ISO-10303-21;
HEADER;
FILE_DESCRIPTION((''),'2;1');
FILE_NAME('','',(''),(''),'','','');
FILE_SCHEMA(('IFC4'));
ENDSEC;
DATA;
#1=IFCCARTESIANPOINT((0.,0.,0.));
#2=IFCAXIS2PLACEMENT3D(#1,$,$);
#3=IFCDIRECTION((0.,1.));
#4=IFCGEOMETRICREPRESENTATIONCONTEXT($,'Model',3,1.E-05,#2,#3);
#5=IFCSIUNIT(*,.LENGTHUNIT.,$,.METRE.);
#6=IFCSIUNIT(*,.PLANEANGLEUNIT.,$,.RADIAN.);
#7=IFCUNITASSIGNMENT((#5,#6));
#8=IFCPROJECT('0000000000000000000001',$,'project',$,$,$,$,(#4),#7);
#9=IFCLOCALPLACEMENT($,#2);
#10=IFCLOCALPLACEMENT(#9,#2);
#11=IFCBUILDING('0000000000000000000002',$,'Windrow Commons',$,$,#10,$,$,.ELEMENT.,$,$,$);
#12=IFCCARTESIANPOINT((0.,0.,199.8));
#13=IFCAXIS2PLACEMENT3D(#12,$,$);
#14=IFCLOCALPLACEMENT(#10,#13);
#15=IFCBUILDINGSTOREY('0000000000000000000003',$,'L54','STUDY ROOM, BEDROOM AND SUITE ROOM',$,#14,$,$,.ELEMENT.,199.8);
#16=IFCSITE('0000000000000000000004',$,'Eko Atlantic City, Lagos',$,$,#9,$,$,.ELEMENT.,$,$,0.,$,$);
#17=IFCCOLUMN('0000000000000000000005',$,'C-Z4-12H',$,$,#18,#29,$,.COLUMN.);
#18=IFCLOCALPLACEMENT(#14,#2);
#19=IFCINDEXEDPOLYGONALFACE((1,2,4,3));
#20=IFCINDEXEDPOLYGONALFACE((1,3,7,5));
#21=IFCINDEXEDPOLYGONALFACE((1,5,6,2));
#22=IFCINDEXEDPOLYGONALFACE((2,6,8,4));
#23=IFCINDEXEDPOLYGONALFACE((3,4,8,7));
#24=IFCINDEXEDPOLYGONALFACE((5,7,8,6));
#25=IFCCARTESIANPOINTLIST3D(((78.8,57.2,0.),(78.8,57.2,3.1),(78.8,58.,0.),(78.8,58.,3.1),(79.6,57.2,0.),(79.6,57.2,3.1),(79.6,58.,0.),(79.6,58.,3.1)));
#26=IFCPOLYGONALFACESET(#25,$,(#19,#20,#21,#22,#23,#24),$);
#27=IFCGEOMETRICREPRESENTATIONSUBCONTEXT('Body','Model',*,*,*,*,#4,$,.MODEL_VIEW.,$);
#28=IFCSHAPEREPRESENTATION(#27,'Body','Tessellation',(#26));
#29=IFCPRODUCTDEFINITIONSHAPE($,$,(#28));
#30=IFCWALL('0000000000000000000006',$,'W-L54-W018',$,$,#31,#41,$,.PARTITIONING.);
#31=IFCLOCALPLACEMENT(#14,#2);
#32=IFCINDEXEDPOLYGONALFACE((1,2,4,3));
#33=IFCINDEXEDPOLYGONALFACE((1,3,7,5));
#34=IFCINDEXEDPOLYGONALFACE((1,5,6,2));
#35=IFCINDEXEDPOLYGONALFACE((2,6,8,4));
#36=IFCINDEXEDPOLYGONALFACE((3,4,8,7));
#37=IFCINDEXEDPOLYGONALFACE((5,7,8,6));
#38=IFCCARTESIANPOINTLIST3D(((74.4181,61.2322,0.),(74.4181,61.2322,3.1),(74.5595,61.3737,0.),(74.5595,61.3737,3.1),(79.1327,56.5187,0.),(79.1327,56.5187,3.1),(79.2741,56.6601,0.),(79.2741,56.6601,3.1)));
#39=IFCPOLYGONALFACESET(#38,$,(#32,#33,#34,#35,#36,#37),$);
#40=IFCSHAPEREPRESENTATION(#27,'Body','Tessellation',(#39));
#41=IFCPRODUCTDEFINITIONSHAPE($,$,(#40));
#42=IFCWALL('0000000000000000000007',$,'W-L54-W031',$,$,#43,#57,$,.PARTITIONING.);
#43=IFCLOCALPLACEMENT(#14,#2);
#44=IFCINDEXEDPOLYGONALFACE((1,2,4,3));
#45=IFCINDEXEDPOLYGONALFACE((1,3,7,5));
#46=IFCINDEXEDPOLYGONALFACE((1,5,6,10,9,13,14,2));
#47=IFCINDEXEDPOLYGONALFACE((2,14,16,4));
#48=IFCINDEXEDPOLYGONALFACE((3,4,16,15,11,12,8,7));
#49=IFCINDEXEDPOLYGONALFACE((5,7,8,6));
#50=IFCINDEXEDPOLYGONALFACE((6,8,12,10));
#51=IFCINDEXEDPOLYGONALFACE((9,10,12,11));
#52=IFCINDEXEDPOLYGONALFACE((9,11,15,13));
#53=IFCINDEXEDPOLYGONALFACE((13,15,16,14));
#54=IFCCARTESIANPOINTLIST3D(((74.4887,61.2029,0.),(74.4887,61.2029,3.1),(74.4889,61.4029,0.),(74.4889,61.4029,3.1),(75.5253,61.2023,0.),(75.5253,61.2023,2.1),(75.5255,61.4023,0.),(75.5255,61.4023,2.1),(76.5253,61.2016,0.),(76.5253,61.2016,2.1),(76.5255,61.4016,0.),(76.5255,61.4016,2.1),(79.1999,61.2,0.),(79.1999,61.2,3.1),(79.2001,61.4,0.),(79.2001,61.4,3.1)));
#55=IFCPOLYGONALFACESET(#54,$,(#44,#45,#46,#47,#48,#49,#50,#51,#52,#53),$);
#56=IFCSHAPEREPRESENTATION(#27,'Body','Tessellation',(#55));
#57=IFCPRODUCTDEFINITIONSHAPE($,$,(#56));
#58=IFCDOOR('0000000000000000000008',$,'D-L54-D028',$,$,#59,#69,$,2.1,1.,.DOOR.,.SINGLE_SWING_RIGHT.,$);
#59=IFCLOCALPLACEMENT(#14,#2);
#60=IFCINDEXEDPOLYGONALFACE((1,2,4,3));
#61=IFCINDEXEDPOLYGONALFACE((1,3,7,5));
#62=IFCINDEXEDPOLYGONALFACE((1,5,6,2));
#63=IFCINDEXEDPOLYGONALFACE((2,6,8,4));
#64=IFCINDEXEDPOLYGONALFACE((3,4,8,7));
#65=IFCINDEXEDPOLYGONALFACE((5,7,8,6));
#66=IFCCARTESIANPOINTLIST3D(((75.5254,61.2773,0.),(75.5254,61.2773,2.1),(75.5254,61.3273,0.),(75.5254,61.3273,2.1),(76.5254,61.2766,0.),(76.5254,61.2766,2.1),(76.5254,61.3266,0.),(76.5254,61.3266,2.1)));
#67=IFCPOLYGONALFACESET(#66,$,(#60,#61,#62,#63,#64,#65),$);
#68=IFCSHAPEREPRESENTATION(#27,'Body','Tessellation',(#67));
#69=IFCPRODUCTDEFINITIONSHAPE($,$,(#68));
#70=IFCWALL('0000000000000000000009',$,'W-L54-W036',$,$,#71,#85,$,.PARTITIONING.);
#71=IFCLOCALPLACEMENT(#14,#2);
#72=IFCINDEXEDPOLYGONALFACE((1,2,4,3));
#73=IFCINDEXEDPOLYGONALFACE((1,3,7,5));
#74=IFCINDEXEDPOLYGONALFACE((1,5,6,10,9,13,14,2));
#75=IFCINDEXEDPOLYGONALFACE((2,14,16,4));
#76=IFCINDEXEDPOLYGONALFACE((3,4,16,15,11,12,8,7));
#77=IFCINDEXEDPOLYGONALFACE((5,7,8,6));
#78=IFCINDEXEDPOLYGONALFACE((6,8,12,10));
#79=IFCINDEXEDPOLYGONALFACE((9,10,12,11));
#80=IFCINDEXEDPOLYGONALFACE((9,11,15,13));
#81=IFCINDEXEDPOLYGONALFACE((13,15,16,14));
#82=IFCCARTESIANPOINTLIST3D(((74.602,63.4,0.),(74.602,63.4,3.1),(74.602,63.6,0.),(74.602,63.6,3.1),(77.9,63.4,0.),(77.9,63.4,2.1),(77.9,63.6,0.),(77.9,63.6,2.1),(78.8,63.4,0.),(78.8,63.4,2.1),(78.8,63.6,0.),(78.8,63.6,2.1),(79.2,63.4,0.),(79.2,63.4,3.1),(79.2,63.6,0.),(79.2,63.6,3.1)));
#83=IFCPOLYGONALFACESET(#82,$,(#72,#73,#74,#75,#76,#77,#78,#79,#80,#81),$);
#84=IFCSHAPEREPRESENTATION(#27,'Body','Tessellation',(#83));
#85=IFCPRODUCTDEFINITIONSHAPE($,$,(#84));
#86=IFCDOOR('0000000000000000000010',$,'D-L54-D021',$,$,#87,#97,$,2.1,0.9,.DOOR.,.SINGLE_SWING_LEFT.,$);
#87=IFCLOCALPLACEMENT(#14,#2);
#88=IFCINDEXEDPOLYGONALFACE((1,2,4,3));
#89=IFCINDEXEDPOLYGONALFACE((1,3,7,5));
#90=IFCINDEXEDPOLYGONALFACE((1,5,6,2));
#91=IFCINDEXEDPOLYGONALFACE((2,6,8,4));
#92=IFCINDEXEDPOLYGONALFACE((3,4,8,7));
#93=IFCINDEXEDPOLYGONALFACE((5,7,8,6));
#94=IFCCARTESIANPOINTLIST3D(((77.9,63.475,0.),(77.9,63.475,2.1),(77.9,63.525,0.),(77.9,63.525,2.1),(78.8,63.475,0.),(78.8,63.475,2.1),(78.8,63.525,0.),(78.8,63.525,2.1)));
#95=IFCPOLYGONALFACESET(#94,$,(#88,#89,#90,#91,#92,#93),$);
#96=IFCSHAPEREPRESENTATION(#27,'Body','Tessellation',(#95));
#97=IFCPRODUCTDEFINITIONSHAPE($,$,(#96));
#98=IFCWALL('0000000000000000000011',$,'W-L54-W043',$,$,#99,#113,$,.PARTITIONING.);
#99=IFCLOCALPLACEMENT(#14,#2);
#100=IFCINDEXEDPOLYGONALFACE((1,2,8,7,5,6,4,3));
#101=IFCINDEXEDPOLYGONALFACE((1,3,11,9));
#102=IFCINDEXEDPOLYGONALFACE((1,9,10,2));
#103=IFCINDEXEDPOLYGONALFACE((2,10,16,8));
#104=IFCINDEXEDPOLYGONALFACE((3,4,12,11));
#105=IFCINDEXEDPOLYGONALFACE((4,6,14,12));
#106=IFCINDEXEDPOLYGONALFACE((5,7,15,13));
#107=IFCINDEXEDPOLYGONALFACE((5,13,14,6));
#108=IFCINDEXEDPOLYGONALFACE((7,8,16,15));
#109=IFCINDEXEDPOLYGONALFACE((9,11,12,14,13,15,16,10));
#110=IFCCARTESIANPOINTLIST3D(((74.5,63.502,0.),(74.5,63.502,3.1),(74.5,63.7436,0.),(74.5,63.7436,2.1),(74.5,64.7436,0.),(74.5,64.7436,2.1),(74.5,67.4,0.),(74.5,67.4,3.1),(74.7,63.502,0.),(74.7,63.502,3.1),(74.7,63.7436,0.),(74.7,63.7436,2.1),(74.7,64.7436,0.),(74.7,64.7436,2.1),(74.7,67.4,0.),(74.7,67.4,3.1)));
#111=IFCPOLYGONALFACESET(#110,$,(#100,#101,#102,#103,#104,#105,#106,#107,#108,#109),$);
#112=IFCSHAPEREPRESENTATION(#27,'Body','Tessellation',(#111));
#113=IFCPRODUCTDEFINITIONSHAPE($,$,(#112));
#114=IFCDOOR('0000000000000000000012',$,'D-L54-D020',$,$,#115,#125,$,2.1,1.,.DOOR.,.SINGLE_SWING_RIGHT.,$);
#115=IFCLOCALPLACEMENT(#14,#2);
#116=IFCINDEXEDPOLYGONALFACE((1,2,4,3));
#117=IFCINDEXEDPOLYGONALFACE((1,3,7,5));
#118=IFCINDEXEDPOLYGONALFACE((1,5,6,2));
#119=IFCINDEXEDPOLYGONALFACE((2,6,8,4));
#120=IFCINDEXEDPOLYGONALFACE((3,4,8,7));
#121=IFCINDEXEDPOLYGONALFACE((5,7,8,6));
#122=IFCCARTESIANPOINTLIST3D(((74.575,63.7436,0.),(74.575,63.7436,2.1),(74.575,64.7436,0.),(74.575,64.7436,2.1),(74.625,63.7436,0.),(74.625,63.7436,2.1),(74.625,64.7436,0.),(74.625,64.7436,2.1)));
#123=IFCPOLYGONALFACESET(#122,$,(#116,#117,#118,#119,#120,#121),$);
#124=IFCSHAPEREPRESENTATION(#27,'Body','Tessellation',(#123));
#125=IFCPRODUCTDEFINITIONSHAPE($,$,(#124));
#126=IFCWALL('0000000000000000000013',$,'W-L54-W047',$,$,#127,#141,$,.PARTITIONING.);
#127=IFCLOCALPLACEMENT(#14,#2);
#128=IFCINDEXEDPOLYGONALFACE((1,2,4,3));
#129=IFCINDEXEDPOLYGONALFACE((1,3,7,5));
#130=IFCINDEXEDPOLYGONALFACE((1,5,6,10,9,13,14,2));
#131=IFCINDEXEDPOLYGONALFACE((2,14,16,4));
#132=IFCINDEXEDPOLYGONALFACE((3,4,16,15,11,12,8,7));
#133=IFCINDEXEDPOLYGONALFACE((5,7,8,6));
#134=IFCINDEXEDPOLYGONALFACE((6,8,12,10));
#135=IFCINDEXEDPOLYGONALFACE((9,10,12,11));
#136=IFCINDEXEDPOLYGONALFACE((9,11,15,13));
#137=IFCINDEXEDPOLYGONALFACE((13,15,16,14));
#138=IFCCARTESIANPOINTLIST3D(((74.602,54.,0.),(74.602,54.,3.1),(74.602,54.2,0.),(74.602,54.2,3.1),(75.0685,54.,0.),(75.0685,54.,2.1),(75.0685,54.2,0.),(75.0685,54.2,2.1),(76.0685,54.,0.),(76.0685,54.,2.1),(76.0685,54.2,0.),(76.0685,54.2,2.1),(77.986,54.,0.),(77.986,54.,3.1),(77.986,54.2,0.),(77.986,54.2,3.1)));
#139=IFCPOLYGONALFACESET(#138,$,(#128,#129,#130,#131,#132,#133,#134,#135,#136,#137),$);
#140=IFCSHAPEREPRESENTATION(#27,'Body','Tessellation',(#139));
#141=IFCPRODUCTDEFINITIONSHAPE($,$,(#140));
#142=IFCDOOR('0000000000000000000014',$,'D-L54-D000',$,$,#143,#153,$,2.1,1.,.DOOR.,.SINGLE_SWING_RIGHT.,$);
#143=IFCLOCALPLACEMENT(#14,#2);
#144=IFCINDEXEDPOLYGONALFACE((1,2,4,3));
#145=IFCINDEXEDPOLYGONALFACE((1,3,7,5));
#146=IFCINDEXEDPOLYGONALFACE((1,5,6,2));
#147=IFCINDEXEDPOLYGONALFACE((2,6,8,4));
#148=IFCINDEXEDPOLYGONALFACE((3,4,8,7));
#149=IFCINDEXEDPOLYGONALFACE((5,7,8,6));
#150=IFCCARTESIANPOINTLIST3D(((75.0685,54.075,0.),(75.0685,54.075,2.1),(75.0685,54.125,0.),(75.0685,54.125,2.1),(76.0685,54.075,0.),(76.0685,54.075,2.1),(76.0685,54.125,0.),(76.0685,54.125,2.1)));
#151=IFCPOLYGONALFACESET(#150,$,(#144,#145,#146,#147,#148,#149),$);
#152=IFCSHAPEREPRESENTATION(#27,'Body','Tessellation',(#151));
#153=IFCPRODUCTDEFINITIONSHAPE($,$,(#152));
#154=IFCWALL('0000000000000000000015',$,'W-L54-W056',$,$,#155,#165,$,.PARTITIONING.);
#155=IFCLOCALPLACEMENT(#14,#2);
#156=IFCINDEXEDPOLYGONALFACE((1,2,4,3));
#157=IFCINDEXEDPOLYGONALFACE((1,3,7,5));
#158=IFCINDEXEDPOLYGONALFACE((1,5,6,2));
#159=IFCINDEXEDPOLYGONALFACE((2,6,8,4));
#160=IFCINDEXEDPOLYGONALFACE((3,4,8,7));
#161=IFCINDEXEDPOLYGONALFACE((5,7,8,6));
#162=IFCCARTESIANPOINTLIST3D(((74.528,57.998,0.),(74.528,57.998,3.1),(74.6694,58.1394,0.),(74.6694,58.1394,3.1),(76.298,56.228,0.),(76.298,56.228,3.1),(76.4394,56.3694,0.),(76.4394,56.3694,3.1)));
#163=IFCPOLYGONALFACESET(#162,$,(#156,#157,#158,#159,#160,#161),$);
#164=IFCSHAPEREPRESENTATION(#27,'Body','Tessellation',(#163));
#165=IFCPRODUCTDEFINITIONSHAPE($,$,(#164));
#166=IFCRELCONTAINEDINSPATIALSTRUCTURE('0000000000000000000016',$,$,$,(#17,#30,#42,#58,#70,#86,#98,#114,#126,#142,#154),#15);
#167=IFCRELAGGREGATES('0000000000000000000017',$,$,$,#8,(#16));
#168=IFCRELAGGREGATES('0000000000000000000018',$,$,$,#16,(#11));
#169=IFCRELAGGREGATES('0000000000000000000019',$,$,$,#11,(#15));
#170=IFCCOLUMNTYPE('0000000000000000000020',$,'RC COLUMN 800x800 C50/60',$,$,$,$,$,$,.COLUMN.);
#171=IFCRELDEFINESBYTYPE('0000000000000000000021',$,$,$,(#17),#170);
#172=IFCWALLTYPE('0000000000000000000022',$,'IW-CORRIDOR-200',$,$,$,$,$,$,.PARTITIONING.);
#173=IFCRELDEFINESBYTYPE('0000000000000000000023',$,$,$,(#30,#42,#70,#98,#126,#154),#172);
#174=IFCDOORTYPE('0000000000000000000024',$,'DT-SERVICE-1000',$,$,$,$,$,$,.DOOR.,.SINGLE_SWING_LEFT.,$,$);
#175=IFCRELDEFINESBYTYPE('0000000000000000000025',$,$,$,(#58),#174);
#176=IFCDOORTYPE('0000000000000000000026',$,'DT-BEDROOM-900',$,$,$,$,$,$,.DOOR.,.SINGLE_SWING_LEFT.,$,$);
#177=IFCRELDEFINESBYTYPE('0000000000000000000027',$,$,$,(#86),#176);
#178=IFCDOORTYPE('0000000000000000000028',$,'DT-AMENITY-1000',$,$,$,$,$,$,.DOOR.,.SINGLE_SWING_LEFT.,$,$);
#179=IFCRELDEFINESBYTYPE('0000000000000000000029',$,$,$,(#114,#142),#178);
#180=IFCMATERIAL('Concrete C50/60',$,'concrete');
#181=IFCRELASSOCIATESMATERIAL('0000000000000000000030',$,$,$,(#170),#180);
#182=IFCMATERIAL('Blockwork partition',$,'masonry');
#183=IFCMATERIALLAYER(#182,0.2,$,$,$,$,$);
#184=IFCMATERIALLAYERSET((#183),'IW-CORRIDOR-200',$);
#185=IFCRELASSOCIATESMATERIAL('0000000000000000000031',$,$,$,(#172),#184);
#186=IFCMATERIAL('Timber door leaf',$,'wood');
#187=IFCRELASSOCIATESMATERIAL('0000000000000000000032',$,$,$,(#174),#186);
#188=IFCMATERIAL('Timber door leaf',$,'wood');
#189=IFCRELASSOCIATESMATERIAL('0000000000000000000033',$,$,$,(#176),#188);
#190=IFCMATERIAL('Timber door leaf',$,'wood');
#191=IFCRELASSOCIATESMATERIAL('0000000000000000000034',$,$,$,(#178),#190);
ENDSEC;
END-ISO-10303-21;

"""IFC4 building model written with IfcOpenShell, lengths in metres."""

from ifc_helpers import new_model, si_unit, direction, frame, frame_2d, origin, origin_2d, place, context, subcontext, project, spatial, rectangle, extrude, material, layer, layer_set, material_profile, profile_set, type_object, element, fill, save


model = new_model("IFC4")

# Units and contexts
model_context = context("Model", 3, precision=1e-05, world=origin(), true_north=direction((0.0, 1.0)))
body_context = subcontext(model_context, "Body", "Model", "MODEL_VIEW")
ifc_project = project(units=[si_unit("LENGTHUNIT", "METRE"), si_unit("PLANEANGLEUNIT", "RADIAN")], contexts=[model_context])

# Site, building, storey
site_placement = place(None, origin())
site = spatial("IfcSite", under=ifc_project, at=site_placement, Name="Eko Atlantic City, Lagos", CompositionType="ELEMENT", RefElevation=0.0)
building_placement = place(site_placement, origin())
building = spatial("IfcBuilding", under=site, at=building_placement, Name="Windrow Commons", CompositionType="ELEMENT")
storey_placement = place(building_placement, frame((0.0, 0.0, 199.8)))
storey = spatial("IfcBuildingStorey", under=building, at=storey_placement, Name="L54", Description="STUDY ROOM, BEDROOM AND SUITE ROOM", CompositionType="ELEMENT", Elevation=199.8)

# Column
ifc_material_1 = material(Name="Concrete C50/60", Category="concrete")
ifc_material_profile = material_profile(ifc_material_1, rectangle(XDim=0.8, YDim=0.8, at=origin_2d()))
ifc_profile_set = profile_set([ifc_material_profile], Name="Concrete C50/60")
column_type = type_object("IfcColumnType", Name="RC COLUMN 800x800 C50/60", PredefinedType="COLUMN", material=ifc_profile_set)
column_placement = place(storey_placement, frame((79.2, 57.6, 0.0), z_axis=(0.0, 0.0, 1.0), x_axis=(1.0, 0.0, 0.0)))
element("IfcColumn", 1, at=column_placement, inside=storey, type_object=column_type, Name="C-Z4-12H", PredefinedType="COLUMN", context=body_context, shape_type="SweptSolid", body=[
    extrude(rectangle(XDim=0.8, YDim=0.8, at=origin_2d()), origin(), (0.0, 0.0, 1.0), 3.1),
])

# Wall
ifc_material_2 = material(Name="Blockwork partition", Category="masonry")
ifc_layer_1 = layer(ifc_material_2, 0.2)
ifc_layer_set_1 = layer_set([ifc_layer_1], Name="IW-CORRIDOR-200")
wall_type_1 = type_object("IfcWallType", Name="IW-CORRIDOR-200", PredefinedType="PARTITIONING", material=ifc_layer_set_1)
wall_1_placement = place(storey_placement, frame((74.4888, 61.3029, 0.0), z_axis=(0.0, 0.0, 1.0), x_axis=(0.707189, -0.707024, 0.0)))
element("IfcWall", 2, at=wall_1_placement, inside=storey, type_object=wall_type_1, Name="W-L54-W018", PredefinedType="PARTITIONING", context=body_context, shape_type="SweptSolid", body=[
    extrude(rectangle(XDim=6.6667, YDim=0.2, at=frame_2d((3.3333, 0.0))), origin(), (0.0, 0.0, 1.0), 3.1),
])

# Walls, openings, doors
wall_2_placement = place(storey_placement, frame((74.4888, 61.3029, 0.0), z_axis=(0.0, 0.0, 1.0), x_axis=(1.0, -0.000616, 0.0)))
wall_2 = element("IfcWall", 3, at=wall_2_placement, inside=storey, type_object=wall_type_1, Name="W-L54-W031", PredefinedType="PARTITIONING", context=body_context, shape_type="SweptSolid", body=[
    extrude(rectangle(XDim=4.7112, YDim=0.2, at=frame_2d((2.3556, 0.0))), origin(), (0.0, 0.0, 1.0), 3.1),
])
opening_1_placement = place(wall_2_placement, frame((1.0366, 0.0, 0.0)))
opening_1 = element("IfcOpeningElement", 4, at=opening_1_placement, cuts=wall_2, PredefinedType="OPENING", context=body_context, shape_type="SweptSolid", body=[
    extrude(rectangle(XDim=1.0, YDim=2.1, at=frame_2d((0.5, 1.05))), frame((0.0, 0.11, 0.0), z_axis=(0.0, -1.0, 0.0), x_axis=(1.0, 0.0, 0.0)), (0.0, 0.0, 1.0), 0.22),
])
ifc_material_3 = material(Name="Timber door leaf", Category="wood")
door_type_1 = type_object("IfcDoorType", Name="DT-SERVICE-1000", OperationType="SINGLE_SWING_LEFT", PredefinedType="DOOR", material=ifc_material_3)
door_1_placement = place(opening_1_placement, origin())
door_1 = element("IfcDoor", 5, at=door_1_placement, inside=storey, type_object=door_type_1, Name="D-L54-D028", OperationType="SINGLE_SWING_RIGHT", OverallHeight=2.1, OverallWidth=1.0, PredefinedType="DOOR", context=body_context, shape_type="SweptSolid", body=[
    extrude(rectangle(XDim=1.0, YDim=2.1, at=frame_2d((0.5, 1.05))), frame((0.0, 0.025, 0.0), z_axis=(0.0, -1.0, 0.0), x_axis=(1.0, 0.0, 0.0)), (0.0, 0.0, 1.0), 0.05),
])
fill(opening_1, door_1)
wall_3_placement = place(storey_placement, frame((74.602, 63.5, 0.0), z_axis=(0.0, 0.0, 1.0), x_axis=(1.0, 0.0, 0.0)))
wall_3 = element("IfcWall", 6, at=wall_3_placement, inside=storey, type_object=wall_type_1, Name="W-L54-W036", PredefinedType="PARTITIONING", context=body_context, shape_type="SweptSolid", body=[
    extrude(rectangle(XDim=4.598, YDim=0.2, at=frame_2d((2.299, 0.0))), origin(), (0.0, 0.0, 1.0), 3.1),
])
opening_2_placement = place(wall_3_placement, frame((3.298, 0.0, 0.0)))
opening_2 = element("IfcOpeningElement", 7, at=opening_2_placement, cuts=wall_3, PredefinedType="OPENING", context=body_context, shape_type="SweptSolid", body=[
    extrude(rectangle(XDim=0.9, YDim=2.1, at=frame_2d((0.45, 1.05))), frame((0.0, 0.11, 0.0), z_axis=(0.0, -1.0, 0.0), x_axis=(1.0, 0.0, 0.0)), (0.0, 0.0, 1.0), 0.22),
])
ifc_material_4 = material(Name="Timber door leaf", Category="wood")
door_type_2 = type_object("IfcDoorType", Name="DT-BEDROOM-900", OperationType="SINGLE_SWING_LEFT", PredefinedType="DOOR", material=ifc_material_4)
door_2_placement = place(opening_2_placement, origin())
door_2 = element("IfcDoor", 8, at=door_2_placement, inside=storey, type_object=door_type_2, Name="D-L54-D021", OperationType="SINGLE_SWING_LEFT", OverallHeight=2.1, OverallWidth=0.9, PredefinedType="DOOR", context=body_context, shape_type="SweptSolid", body=[
    extrude(rectangle(XDim=0.9, YDim=2.1, at=frame_2d((0.45, 1.05))), frame((0.0, 0.025, 0.0), z_axis=(0.0, -1.0, 0.0), x_axis=(1.0, 0.0, 0.0)), (0.0, 0.0, 1.0), 0.05),
])
fill(opening_2, door_2)
wall_4_placement = place(storey_placement, frame((74.6, 63.502, 0.0), z_axis=(0.0, 0.0, 1.0), x_axis=(0.0, 1.0, 0.0)))
wall_4 = element("IfcWall", 9, at=wall_4_placement, inside=storey, type_object=wall_type_1, Name="W-L54-W043", PredefinedType="PARTITIONING", context=body_context, shape_type="SweptSolid", body=[
    extrude(rectangle(XDim=3.898, YDim=0.2, at=frame_2d((1.949, 0.0))), origin(), (0.0, 0.0, 1.0), 3.1),
])
opening_3_placement = place(wall_4_placement, frame((0.2416, 0.0, 0.0)))
opening_3 = element("IfcOpeningElement", 10, at=opening_3_placement, cuts=wall_4, PredefinedType="OPENING", context=body_context, shape_type="SweptSolid", body=[
    extrude(rectangle(XDim=1.0, YDim=2.1, at=frame_2d((0.5, 1.05))), frame((0.0, 0.11, 0.0), z_axis=(0.0, -1.0, 0.0), x_axis=(1.0, 0.0, 0.0)), (0.0, 0.0, 1.0), 0.22),
])
ifc_material_5 = material(Name="Timber door leaf", Category="wood")
door_type_3 = type_object("IfcDoorType", Name="DT-AMENITY-1000", OperationType="SINGLE_SWING_LEFT", PredefinedType="DOOR", material=ifc_material_5)
door_3_placement = place(opening_3_placement, origin())
door_3 = element("IfcDoor", 11, at=door_3_placement, inside=storey, type_object=door_type_3, Name="D-L54-D020", OperationType="SINGLE_SWING_RIGHT", OverallHeight=2.1, OverallWidth=1.0, PredefinedType="DOOR", context=body_context, shape_type="SweptSolid", body=[
    extrude(rectangle(XDim=1.0, YDim=2.1, at=frame_2d((0.5, 1.05))), frame((0.0, 0.025, 0.0), z_axis=(0.0, -1.0, 0.0), x_axis=(1.0, 0.0, 0.0)), (0.0, 0.0, 1.0), 0.05),
])
fill(opening_3, door_3)
wall_5_placement = place(storey_placement, frame((74.602, 54.1, 0.0), z_axis=(0.0, 0.0, 1.0), x_axis=(1.0, 0.0, 0.0)))
wall_5 = element("IfcWall", 12, at=wall_5_placement, inside=storey, type_object=wall_type_1, Name="W-L54-W047", PredefinedType="PARTITIONING", context=body_context, shape_type="SweptSolid", body=[
    extrude(rectangle(XDim=3.384, YDim=0.2, at=frame_2d((1.692, 0.0))), origin(), (0.0, 0.0, 1.0), 3.1),
])
opening_4_placement = place(wall_5_placement, frame((0.4665, 0.0, 0.0)))
opening_4 = element("IfcOpeningElement", 13, at=opening_4_placement, cuts=wall_5, PredefinedType="OPENING", context=body_context, shape_type="SweptSolid", body=[
    extrude(rectangle(XDim=1.0, YDim=2.1, at=frame_2d((0.5, 1.05))), frame((0.0, 0.11, 0.0), z_axis=(0.0, -1.0, 0.0), x_axis=(1.0, 0.0, 0.0)), (0.0, 0.0, 1.0), 0.22),
])
door_4_placement = place(opening_4_placement, origin())
door_4 = element("IfcDoor", 14, at=door_4_placement, inside=storey, type_object=door_type_3, Name="D-L54-D000", OperationType="SINGLE_SWING_RIGHT", OverallHeight=2.1, OverallWidth=1.0, PredefinedType="DOOR", context=body_context, shape_type="SweptSolid", body=[
    extrude(rectangle(XDim=1.0, YDim=2.1, at=frame_2d((0.5, 1.05))), frame((0.0, 0.025, 0.0), z_axis=(0.0, -1.0, 0.0), x_axis=(1.0, 0.0, 0.0)), (0.0, 0.0, 1.0), 0.05),
])
fill(opening_4, door_4)

# Wall
wall_6_placement = place(storey_placement, frame((74.5987, 58.0687, 0.0), z_axis=(0.0, 0.0, 1.0), x_axis=(0.707107, -0.707107, 0.0)))
element("IfcWall", 15, at=wall_6_placement, inside=storey, type_object=wall_type_1, Name="W-L54-W056", PredefinedType="PARTITIONING", context=body_context, shape_type="SweptSolid", body=[
    extrude(rectangle(XDim=2.5032, YDim=0.2, at=frame_2d((1.2516, 0.0))), origin(), (0.0, 0.0, 1.0), 3.1),
])

save(model, "model.ifc")
